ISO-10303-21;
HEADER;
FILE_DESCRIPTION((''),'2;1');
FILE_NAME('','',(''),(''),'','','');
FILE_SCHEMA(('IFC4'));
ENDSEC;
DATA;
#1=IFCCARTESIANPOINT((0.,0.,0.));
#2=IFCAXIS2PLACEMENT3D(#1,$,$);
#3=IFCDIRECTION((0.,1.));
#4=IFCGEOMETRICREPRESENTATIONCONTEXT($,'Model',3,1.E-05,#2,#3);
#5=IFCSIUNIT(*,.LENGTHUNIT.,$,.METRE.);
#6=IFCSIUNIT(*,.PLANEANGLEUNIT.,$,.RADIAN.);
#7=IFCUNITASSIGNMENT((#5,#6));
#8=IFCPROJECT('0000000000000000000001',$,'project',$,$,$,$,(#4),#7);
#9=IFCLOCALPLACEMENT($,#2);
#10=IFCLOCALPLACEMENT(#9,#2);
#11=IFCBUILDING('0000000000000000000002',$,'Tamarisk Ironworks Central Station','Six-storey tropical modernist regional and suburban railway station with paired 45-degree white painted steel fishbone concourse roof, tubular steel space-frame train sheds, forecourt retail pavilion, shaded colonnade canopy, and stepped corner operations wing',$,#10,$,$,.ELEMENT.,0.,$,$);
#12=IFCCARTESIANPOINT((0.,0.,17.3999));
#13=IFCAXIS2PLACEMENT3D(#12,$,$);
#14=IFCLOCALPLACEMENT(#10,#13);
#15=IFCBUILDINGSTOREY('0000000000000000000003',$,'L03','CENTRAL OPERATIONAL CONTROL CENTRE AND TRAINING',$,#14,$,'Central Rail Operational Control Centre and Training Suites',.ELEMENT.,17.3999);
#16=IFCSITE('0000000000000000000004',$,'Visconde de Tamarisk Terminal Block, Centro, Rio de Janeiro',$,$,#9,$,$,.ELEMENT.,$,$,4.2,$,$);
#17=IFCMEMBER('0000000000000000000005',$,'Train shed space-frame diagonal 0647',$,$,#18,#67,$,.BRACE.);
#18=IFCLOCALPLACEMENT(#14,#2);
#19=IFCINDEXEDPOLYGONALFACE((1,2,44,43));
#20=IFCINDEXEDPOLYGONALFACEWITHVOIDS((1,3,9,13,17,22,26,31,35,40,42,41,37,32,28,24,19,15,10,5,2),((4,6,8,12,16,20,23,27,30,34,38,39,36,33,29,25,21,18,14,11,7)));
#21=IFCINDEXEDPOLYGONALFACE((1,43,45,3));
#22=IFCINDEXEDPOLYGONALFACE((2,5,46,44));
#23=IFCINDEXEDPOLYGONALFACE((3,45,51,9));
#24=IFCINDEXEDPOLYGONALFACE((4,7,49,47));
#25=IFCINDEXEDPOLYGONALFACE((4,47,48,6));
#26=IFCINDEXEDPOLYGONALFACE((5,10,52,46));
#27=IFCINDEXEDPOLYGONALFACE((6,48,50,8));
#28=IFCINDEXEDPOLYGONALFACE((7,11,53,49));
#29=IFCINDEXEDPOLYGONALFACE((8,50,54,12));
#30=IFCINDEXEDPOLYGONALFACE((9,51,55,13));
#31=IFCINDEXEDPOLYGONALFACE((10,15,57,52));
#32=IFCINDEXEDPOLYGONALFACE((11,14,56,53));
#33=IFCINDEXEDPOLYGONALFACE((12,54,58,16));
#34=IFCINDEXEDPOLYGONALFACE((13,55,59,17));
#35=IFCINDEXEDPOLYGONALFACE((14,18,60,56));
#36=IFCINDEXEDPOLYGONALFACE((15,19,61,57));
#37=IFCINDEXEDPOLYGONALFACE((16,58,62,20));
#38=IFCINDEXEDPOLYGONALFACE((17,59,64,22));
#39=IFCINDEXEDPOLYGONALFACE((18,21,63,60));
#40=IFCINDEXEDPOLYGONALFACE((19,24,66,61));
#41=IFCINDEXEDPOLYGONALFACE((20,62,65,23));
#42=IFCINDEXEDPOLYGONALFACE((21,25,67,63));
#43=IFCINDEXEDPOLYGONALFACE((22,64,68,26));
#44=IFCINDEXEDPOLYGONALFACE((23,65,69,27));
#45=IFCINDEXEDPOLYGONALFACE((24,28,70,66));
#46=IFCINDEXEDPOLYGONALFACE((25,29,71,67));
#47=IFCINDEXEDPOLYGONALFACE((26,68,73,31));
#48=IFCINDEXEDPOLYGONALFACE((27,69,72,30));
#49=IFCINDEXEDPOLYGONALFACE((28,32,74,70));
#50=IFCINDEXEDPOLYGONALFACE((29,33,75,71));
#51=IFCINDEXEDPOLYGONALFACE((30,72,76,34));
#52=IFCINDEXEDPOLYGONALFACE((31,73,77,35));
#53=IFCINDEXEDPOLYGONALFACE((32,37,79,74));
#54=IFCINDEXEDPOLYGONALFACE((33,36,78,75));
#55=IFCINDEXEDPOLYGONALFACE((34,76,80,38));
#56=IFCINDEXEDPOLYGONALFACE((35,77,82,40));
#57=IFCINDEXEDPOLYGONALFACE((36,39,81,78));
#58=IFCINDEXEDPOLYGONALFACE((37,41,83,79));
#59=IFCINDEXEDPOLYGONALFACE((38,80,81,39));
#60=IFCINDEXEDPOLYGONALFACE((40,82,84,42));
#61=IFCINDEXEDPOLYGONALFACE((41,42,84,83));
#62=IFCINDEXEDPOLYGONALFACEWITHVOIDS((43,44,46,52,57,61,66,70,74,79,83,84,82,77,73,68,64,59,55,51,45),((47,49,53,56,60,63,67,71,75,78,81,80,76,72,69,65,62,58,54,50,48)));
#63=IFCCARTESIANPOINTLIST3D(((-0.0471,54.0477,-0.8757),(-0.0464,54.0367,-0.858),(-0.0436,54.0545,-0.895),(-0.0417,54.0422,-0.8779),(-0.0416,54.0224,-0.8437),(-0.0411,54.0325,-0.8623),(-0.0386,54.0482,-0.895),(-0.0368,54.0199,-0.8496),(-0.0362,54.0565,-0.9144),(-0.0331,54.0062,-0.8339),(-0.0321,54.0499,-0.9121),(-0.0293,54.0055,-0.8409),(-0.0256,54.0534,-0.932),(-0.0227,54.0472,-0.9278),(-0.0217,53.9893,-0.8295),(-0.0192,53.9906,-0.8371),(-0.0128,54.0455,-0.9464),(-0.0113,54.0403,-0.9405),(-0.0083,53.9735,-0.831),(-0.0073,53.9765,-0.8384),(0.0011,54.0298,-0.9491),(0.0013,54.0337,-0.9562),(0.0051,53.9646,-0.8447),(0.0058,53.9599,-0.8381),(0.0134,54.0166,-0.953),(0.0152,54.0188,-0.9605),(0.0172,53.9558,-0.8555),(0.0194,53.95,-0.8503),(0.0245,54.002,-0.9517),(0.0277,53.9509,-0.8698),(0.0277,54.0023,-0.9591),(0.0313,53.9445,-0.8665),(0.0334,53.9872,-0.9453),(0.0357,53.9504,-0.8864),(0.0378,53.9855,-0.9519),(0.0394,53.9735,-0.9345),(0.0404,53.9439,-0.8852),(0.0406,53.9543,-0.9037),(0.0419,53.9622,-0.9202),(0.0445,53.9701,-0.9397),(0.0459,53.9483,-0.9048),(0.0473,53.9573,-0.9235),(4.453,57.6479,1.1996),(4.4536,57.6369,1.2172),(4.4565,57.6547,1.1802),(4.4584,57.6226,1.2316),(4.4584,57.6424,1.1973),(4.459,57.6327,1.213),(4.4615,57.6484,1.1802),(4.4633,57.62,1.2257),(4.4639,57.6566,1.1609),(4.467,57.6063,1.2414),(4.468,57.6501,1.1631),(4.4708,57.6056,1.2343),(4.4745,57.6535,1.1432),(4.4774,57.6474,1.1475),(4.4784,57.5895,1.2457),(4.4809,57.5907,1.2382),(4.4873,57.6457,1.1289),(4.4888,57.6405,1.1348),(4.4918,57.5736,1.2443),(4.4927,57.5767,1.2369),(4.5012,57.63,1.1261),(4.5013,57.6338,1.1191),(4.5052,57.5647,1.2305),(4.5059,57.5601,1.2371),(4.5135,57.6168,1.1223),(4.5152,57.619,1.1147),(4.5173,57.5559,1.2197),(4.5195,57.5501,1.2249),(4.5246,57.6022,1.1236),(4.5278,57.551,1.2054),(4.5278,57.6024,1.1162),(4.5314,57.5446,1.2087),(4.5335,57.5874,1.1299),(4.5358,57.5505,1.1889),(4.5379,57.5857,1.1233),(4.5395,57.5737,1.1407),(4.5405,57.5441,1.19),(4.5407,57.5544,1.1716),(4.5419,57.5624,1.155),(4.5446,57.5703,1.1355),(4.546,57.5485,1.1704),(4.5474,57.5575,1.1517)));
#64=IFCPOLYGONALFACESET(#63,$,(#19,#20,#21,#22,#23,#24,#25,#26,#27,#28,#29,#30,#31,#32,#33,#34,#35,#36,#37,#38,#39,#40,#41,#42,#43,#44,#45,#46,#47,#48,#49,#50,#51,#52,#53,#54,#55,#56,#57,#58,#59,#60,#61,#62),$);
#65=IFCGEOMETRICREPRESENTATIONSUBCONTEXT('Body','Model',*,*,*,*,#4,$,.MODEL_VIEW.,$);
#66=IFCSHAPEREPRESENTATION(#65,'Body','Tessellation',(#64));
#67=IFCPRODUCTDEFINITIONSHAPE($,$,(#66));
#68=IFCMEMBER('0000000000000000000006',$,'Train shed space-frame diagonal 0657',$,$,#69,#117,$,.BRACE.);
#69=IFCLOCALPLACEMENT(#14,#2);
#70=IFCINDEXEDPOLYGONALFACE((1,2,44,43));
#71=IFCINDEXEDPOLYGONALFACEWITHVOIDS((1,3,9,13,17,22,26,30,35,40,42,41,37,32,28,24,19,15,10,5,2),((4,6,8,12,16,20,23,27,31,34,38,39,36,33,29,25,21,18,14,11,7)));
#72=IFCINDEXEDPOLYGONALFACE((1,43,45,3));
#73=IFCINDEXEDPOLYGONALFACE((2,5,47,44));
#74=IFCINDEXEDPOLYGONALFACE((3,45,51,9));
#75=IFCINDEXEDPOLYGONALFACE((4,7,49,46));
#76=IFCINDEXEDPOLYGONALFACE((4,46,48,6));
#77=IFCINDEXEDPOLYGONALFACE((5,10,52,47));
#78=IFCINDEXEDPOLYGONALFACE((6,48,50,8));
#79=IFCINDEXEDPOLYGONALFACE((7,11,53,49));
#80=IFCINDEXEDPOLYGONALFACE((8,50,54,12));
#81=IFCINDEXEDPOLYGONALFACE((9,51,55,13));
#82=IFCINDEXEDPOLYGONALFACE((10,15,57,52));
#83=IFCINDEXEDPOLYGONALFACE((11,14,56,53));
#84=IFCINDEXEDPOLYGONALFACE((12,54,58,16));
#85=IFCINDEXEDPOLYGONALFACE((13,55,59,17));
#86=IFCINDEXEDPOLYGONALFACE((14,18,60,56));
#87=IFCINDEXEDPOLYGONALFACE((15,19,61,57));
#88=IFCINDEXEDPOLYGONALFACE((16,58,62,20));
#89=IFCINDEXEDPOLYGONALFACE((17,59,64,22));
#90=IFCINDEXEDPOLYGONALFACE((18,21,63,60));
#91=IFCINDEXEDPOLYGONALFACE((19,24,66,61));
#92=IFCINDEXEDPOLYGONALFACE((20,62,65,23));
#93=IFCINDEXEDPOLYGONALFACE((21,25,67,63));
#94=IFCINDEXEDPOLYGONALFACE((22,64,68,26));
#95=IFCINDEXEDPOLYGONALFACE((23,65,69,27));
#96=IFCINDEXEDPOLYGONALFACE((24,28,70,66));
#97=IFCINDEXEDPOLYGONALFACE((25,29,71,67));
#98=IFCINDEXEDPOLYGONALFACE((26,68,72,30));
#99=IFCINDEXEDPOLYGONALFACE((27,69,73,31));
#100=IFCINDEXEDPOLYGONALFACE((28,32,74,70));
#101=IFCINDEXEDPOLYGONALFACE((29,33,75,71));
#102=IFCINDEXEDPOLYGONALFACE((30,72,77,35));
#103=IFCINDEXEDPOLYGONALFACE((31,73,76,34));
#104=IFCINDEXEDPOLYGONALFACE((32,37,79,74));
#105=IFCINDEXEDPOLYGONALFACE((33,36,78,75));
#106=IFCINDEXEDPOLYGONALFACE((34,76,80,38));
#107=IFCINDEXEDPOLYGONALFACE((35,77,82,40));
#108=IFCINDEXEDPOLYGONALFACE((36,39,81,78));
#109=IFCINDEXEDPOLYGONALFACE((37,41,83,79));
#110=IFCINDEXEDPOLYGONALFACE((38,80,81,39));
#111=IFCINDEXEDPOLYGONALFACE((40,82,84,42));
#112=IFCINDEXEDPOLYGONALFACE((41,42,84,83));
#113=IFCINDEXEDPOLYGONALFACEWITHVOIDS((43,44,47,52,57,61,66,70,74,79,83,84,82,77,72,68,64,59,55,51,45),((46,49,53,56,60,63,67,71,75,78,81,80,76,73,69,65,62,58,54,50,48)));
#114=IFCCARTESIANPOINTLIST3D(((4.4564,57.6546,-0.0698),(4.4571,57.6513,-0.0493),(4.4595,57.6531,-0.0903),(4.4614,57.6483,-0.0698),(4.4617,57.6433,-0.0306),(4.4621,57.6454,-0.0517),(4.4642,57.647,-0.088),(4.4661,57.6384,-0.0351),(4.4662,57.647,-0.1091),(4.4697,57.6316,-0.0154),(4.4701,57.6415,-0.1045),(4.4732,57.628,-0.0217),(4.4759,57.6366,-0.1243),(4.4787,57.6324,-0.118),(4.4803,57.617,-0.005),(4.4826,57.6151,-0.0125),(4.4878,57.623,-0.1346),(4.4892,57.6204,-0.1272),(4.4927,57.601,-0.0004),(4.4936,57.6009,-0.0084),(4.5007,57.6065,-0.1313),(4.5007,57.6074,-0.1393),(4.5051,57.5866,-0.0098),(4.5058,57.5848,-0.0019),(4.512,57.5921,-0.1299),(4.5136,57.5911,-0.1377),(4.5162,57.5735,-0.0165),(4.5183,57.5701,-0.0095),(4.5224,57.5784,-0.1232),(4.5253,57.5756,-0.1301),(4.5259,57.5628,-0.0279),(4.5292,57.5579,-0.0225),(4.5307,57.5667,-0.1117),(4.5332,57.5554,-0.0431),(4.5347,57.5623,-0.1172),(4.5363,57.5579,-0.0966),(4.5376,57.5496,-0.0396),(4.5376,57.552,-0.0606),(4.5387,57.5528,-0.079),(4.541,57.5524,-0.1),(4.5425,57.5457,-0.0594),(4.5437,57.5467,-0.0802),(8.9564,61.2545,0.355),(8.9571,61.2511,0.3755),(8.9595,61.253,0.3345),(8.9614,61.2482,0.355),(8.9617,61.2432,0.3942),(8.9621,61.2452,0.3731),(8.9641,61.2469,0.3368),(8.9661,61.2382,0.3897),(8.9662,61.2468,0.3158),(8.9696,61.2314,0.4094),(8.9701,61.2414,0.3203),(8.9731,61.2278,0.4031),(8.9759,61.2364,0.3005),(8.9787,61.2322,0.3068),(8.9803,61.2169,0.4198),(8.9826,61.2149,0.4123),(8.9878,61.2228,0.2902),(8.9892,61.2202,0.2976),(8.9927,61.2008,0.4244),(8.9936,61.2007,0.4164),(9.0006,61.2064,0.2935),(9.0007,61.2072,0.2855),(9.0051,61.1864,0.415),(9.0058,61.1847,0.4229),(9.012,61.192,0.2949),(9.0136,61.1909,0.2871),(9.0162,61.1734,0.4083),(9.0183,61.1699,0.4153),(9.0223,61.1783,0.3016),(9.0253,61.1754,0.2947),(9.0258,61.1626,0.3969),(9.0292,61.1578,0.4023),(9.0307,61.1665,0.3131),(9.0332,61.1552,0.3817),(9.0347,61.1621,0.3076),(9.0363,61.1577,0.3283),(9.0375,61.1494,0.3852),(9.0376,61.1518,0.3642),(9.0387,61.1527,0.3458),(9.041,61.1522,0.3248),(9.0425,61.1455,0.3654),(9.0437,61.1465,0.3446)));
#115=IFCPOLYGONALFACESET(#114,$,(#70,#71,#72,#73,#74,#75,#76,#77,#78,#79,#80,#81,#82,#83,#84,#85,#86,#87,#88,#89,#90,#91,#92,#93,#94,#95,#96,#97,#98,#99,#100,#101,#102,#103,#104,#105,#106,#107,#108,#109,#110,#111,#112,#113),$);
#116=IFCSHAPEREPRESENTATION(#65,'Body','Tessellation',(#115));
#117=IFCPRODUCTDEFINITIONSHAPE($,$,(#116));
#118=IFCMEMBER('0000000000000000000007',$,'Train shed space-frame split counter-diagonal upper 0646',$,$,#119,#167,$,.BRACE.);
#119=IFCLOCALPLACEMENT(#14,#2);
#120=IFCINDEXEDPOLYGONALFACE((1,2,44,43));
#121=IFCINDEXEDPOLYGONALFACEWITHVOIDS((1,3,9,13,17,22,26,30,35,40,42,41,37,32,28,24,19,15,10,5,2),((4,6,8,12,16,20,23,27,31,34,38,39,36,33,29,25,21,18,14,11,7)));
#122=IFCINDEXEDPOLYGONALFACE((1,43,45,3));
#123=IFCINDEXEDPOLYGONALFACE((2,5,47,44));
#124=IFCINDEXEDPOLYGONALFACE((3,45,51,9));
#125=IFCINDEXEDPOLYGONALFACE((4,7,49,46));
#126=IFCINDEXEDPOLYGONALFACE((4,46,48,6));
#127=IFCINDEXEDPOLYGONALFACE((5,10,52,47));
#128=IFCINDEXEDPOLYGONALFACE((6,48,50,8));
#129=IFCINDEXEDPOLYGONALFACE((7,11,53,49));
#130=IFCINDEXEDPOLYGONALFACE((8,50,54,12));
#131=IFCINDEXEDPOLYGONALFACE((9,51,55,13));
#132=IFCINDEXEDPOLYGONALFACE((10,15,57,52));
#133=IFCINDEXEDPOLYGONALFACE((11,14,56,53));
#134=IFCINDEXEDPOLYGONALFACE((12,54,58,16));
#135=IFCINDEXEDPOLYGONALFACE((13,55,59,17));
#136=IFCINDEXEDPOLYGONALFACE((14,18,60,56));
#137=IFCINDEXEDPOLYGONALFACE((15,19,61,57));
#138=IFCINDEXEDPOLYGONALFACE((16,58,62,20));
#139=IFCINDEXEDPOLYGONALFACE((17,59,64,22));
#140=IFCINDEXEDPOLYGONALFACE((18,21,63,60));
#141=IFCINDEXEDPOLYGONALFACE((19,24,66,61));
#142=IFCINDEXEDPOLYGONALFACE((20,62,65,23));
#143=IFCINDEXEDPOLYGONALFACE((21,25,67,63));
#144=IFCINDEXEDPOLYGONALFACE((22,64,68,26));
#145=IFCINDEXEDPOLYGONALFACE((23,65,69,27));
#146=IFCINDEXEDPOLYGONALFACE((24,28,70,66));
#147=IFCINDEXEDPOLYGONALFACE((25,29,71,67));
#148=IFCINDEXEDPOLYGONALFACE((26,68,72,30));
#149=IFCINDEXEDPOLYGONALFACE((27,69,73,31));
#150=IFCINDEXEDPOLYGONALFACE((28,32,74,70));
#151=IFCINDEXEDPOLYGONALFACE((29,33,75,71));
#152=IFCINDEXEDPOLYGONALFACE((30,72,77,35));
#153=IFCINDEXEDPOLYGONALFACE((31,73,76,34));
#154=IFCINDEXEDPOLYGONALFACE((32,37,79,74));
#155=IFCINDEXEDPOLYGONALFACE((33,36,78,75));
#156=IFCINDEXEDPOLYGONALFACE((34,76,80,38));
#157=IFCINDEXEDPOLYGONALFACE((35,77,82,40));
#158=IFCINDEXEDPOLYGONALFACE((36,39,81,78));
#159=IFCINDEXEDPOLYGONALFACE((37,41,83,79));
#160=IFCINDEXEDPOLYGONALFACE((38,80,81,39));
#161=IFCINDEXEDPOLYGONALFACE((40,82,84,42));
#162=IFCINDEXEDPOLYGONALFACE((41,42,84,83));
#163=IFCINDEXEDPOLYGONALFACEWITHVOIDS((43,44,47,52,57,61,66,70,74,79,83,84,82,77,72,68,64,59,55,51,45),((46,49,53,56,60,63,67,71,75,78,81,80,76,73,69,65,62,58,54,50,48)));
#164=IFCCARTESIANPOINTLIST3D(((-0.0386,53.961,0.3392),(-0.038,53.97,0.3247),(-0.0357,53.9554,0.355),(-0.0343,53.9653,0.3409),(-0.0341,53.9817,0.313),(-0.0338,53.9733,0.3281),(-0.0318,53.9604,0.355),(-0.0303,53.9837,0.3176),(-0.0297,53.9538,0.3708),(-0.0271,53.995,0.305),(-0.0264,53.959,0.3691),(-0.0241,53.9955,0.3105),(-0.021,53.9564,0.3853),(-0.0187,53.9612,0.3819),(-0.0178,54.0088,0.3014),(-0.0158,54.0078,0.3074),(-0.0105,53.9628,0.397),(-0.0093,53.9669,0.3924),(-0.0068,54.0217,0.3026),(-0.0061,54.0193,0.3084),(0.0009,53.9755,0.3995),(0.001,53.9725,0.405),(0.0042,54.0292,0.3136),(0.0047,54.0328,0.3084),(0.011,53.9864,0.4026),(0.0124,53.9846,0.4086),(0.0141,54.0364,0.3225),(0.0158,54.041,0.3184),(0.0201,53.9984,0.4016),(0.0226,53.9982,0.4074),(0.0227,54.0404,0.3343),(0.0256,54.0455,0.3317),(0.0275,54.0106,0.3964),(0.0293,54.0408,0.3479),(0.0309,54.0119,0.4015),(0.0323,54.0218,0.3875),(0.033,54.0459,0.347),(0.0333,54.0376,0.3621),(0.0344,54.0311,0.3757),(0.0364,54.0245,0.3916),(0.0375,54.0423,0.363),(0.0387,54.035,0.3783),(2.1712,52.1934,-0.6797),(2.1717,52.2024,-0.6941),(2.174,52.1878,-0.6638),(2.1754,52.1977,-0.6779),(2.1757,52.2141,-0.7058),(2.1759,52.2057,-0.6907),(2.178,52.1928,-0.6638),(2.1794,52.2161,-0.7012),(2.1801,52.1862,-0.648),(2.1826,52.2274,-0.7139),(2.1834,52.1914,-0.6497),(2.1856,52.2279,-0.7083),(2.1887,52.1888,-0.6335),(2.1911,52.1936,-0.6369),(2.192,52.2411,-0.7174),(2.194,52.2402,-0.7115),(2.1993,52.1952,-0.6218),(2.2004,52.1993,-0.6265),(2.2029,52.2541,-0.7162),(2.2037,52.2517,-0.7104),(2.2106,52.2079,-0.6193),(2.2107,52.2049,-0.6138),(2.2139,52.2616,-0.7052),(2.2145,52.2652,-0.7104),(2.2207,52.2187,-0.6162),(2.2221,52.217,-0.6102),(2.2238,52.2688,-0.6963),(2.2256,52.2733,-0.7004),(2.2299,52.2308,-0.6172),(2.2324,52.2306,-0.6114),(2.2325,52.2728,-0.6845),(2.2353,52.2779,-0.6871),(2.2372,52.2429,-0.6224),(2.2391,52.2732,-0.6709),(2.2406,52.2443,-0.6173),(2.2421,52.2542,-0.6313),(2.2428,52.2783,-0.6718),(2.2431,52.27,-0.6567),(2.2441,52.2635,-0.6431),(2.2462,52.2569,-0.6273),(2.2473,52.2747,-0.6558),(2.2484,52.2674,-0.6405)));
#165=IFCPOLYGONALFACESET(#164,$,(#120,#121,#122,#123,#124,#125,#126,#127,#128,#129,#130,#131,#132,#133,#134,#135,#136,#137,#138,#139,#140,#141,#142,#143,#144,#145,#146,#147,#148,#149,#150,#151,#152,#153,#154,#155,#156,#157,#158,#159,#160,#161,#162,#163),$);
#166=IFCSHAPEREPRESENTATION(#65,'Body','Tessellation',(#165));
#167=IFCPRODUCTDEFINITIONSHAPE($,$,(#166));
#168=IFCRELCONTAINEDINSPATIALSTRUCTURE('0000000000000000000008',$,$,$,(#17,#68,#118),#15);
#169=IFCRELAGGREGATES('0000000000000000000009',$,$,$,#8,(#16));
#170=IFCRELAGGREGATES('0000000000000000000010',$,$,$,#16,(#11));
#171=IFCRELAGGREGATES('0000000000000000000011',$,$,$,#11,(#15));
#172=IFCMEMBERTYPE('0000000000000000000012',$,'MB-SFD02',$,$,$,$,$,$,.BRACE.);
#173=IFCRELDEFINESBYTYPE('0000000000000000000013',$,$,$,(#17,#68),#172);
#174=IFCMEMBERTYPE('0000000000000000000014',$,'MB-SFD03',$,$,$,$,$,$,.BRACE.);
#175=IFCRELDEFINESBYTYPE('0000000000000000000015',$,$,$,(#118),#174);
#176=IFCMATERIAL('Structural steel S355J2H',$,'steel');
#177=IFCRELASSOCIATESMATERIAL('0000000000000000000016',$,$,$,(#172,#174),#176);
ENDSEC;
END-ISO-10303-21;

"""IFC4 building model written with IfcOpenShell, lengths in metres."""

from ifc_helpers import new_model, si_unit, direction, frame, origin, origin_2d, place, context, subcontext, project, spatial, hollow_circle, extrude, material, material_profile, profile_set, type_object, element, save


model = new_model("IFC4")

# Units and contexts
model_context = context("Model", 3, precision=1e-05, world=origin(), true_north=direction((0.0, 1.0)))
body_context = subcontext(model_context, "Body", "Model", "MODEL_VIEW")
ifc_project = project(units=[si_unit("LENGTHUNIT", "METRE"), si_unit("PLANEANGLEUNIT", "RADIAN")], contexts=[model_context])

# Site, building, storey
site_placement = place(None, origin())
site = spatial("IfcSite", under=ifc_project, at=site_placement, Name="Visconde de Tamarisk Terminal Block, Centro, Rio de Janeiro", CompositionType="ELEMENT", RefElevation=4.2)
building_placement = place(site_placement, origin())
building = spatial("IfcBuilding", under=site, at=building_placement, Name="Tamarisk Ironworks Central Station", Description="Six-storey tropical modernist regional and suburban railway station with paired 45-degree white painted steel fishbone concourse roof, tubular steel space-frame train sheds, forecourt retail pavilion, shaded colonnade canopy, and stepped corner operations wing", CompositionType="ELEMENT", ElevationOfRefHeight=0.0)
storey_placement = place(building_placement, frame((0.0, 0.0, 17.3999)))
storey = spatial("IfcBuildingStorey", under=building, at=storey_placement, Name="L03", Description="CENTRAL OPERATIONAL CONTROL CENTRE AND TRAINING", LongName="Central Rail Operational Control Centre and Training Suites", CompositionType="ELEMENT", Elevation=17.3999)

# Members
ifc_material_1 = material(Name="Structural steel S355J2H", Category="steel")
ifc_material_profile_1 = material_profile(ifc_material_1, hollow_circle(Radius=0.0698, WallThickness=0.0081, at=origin_2d()), Name="CHS 139.7x8")
ifc_profile_set_1 = profile_set([ifc_material_profile_1], Name="Structural steel S355J2H")
member_type_1 = type_object("IfcMemberType", Name="MB-SFD02", PredefinedType="BRACE", material=ifc_profile_set_1)
member_1_placement = place(storey_placement, frame((0.0, 54.0, -0.895), z_axis=(0.734679, 0.587759, 0.338801), x_axis=(-0.624705, 0.780861, 0.0)))
element("IfcMember", 1, at=member_1_placement, inside=storey, type_object=member_type_1, Name="Train shed space-frame diagonal 0647", PredefinedType="BRACE", context=body_context, shape_type="SweptSolid", body=[
    extrude(hollow_circle(Radius=0.0698, WallThickness=0.0081, at=origin_2d()), origin(), (0.0, 0.0, 1.0), 6.1252),
])
member_2_placement = place(storey_placement, frame((4.5, 57.6001, -0.0698), z_axis=(0.778768, 0.622989, 0.073517), x_axis=(-0.62468, 0.780881, 0.0)))
element("IfcMember", 2, at=member_2_placement, inside=storey, type_object=member_type_1, Name="Train shed space-frame diagonal 0657", PredefinedType="BRACE", context=body_context, shape_type="SweptSolid", body=[
    extrude(hollow_circle(Radius=0.0698, WallThickness=0.0081, at=origin_2d()), origin(), (0.0, 0.0, 1.0), 5.7783),
])
ifc_material_profile_2 = material_profile(ifc_material_1, hollow_circle(Radius=0.0571, WallThickness=0.0063, at=origin_2d()), Name="CHS 114.3x6.3")
ifc_profile_set_2 = profile_set([ifc_material_profile_2], Name="Structural steel S355J2H")
member_type_2 = type_object("IfcMemberType", Name="MB-SFD03", PredefinedType="BRACE", material=ifc_profile_set_2)
for number, where, z_axis, x_axis, name in (
    (3, (2.2097, 52.2324, -0.6638), (-0.734732, 0.587721, 0.338751), (-0.624653, -0.780902, 0.0), "Train shed space-frame split counter-diagonal upper 0646"),
):
    element("IfcMember", number, at=place(storey_placement, frame(where, z_axis=z_axis, x_axis=x_axis)), inside=storey, type_object=member_type_2, Name=name, PredefinedType="BRACE", context=body_context, shape_type="SweptSolid", body=[
        extrude(hollow_circle(Radius=0.0571, WallThickness=0.0063, at=origin_2d()), origin(), (0.0, 0.0, 1.0), 3.0076),
    ])

save(model, "model.ifc")
